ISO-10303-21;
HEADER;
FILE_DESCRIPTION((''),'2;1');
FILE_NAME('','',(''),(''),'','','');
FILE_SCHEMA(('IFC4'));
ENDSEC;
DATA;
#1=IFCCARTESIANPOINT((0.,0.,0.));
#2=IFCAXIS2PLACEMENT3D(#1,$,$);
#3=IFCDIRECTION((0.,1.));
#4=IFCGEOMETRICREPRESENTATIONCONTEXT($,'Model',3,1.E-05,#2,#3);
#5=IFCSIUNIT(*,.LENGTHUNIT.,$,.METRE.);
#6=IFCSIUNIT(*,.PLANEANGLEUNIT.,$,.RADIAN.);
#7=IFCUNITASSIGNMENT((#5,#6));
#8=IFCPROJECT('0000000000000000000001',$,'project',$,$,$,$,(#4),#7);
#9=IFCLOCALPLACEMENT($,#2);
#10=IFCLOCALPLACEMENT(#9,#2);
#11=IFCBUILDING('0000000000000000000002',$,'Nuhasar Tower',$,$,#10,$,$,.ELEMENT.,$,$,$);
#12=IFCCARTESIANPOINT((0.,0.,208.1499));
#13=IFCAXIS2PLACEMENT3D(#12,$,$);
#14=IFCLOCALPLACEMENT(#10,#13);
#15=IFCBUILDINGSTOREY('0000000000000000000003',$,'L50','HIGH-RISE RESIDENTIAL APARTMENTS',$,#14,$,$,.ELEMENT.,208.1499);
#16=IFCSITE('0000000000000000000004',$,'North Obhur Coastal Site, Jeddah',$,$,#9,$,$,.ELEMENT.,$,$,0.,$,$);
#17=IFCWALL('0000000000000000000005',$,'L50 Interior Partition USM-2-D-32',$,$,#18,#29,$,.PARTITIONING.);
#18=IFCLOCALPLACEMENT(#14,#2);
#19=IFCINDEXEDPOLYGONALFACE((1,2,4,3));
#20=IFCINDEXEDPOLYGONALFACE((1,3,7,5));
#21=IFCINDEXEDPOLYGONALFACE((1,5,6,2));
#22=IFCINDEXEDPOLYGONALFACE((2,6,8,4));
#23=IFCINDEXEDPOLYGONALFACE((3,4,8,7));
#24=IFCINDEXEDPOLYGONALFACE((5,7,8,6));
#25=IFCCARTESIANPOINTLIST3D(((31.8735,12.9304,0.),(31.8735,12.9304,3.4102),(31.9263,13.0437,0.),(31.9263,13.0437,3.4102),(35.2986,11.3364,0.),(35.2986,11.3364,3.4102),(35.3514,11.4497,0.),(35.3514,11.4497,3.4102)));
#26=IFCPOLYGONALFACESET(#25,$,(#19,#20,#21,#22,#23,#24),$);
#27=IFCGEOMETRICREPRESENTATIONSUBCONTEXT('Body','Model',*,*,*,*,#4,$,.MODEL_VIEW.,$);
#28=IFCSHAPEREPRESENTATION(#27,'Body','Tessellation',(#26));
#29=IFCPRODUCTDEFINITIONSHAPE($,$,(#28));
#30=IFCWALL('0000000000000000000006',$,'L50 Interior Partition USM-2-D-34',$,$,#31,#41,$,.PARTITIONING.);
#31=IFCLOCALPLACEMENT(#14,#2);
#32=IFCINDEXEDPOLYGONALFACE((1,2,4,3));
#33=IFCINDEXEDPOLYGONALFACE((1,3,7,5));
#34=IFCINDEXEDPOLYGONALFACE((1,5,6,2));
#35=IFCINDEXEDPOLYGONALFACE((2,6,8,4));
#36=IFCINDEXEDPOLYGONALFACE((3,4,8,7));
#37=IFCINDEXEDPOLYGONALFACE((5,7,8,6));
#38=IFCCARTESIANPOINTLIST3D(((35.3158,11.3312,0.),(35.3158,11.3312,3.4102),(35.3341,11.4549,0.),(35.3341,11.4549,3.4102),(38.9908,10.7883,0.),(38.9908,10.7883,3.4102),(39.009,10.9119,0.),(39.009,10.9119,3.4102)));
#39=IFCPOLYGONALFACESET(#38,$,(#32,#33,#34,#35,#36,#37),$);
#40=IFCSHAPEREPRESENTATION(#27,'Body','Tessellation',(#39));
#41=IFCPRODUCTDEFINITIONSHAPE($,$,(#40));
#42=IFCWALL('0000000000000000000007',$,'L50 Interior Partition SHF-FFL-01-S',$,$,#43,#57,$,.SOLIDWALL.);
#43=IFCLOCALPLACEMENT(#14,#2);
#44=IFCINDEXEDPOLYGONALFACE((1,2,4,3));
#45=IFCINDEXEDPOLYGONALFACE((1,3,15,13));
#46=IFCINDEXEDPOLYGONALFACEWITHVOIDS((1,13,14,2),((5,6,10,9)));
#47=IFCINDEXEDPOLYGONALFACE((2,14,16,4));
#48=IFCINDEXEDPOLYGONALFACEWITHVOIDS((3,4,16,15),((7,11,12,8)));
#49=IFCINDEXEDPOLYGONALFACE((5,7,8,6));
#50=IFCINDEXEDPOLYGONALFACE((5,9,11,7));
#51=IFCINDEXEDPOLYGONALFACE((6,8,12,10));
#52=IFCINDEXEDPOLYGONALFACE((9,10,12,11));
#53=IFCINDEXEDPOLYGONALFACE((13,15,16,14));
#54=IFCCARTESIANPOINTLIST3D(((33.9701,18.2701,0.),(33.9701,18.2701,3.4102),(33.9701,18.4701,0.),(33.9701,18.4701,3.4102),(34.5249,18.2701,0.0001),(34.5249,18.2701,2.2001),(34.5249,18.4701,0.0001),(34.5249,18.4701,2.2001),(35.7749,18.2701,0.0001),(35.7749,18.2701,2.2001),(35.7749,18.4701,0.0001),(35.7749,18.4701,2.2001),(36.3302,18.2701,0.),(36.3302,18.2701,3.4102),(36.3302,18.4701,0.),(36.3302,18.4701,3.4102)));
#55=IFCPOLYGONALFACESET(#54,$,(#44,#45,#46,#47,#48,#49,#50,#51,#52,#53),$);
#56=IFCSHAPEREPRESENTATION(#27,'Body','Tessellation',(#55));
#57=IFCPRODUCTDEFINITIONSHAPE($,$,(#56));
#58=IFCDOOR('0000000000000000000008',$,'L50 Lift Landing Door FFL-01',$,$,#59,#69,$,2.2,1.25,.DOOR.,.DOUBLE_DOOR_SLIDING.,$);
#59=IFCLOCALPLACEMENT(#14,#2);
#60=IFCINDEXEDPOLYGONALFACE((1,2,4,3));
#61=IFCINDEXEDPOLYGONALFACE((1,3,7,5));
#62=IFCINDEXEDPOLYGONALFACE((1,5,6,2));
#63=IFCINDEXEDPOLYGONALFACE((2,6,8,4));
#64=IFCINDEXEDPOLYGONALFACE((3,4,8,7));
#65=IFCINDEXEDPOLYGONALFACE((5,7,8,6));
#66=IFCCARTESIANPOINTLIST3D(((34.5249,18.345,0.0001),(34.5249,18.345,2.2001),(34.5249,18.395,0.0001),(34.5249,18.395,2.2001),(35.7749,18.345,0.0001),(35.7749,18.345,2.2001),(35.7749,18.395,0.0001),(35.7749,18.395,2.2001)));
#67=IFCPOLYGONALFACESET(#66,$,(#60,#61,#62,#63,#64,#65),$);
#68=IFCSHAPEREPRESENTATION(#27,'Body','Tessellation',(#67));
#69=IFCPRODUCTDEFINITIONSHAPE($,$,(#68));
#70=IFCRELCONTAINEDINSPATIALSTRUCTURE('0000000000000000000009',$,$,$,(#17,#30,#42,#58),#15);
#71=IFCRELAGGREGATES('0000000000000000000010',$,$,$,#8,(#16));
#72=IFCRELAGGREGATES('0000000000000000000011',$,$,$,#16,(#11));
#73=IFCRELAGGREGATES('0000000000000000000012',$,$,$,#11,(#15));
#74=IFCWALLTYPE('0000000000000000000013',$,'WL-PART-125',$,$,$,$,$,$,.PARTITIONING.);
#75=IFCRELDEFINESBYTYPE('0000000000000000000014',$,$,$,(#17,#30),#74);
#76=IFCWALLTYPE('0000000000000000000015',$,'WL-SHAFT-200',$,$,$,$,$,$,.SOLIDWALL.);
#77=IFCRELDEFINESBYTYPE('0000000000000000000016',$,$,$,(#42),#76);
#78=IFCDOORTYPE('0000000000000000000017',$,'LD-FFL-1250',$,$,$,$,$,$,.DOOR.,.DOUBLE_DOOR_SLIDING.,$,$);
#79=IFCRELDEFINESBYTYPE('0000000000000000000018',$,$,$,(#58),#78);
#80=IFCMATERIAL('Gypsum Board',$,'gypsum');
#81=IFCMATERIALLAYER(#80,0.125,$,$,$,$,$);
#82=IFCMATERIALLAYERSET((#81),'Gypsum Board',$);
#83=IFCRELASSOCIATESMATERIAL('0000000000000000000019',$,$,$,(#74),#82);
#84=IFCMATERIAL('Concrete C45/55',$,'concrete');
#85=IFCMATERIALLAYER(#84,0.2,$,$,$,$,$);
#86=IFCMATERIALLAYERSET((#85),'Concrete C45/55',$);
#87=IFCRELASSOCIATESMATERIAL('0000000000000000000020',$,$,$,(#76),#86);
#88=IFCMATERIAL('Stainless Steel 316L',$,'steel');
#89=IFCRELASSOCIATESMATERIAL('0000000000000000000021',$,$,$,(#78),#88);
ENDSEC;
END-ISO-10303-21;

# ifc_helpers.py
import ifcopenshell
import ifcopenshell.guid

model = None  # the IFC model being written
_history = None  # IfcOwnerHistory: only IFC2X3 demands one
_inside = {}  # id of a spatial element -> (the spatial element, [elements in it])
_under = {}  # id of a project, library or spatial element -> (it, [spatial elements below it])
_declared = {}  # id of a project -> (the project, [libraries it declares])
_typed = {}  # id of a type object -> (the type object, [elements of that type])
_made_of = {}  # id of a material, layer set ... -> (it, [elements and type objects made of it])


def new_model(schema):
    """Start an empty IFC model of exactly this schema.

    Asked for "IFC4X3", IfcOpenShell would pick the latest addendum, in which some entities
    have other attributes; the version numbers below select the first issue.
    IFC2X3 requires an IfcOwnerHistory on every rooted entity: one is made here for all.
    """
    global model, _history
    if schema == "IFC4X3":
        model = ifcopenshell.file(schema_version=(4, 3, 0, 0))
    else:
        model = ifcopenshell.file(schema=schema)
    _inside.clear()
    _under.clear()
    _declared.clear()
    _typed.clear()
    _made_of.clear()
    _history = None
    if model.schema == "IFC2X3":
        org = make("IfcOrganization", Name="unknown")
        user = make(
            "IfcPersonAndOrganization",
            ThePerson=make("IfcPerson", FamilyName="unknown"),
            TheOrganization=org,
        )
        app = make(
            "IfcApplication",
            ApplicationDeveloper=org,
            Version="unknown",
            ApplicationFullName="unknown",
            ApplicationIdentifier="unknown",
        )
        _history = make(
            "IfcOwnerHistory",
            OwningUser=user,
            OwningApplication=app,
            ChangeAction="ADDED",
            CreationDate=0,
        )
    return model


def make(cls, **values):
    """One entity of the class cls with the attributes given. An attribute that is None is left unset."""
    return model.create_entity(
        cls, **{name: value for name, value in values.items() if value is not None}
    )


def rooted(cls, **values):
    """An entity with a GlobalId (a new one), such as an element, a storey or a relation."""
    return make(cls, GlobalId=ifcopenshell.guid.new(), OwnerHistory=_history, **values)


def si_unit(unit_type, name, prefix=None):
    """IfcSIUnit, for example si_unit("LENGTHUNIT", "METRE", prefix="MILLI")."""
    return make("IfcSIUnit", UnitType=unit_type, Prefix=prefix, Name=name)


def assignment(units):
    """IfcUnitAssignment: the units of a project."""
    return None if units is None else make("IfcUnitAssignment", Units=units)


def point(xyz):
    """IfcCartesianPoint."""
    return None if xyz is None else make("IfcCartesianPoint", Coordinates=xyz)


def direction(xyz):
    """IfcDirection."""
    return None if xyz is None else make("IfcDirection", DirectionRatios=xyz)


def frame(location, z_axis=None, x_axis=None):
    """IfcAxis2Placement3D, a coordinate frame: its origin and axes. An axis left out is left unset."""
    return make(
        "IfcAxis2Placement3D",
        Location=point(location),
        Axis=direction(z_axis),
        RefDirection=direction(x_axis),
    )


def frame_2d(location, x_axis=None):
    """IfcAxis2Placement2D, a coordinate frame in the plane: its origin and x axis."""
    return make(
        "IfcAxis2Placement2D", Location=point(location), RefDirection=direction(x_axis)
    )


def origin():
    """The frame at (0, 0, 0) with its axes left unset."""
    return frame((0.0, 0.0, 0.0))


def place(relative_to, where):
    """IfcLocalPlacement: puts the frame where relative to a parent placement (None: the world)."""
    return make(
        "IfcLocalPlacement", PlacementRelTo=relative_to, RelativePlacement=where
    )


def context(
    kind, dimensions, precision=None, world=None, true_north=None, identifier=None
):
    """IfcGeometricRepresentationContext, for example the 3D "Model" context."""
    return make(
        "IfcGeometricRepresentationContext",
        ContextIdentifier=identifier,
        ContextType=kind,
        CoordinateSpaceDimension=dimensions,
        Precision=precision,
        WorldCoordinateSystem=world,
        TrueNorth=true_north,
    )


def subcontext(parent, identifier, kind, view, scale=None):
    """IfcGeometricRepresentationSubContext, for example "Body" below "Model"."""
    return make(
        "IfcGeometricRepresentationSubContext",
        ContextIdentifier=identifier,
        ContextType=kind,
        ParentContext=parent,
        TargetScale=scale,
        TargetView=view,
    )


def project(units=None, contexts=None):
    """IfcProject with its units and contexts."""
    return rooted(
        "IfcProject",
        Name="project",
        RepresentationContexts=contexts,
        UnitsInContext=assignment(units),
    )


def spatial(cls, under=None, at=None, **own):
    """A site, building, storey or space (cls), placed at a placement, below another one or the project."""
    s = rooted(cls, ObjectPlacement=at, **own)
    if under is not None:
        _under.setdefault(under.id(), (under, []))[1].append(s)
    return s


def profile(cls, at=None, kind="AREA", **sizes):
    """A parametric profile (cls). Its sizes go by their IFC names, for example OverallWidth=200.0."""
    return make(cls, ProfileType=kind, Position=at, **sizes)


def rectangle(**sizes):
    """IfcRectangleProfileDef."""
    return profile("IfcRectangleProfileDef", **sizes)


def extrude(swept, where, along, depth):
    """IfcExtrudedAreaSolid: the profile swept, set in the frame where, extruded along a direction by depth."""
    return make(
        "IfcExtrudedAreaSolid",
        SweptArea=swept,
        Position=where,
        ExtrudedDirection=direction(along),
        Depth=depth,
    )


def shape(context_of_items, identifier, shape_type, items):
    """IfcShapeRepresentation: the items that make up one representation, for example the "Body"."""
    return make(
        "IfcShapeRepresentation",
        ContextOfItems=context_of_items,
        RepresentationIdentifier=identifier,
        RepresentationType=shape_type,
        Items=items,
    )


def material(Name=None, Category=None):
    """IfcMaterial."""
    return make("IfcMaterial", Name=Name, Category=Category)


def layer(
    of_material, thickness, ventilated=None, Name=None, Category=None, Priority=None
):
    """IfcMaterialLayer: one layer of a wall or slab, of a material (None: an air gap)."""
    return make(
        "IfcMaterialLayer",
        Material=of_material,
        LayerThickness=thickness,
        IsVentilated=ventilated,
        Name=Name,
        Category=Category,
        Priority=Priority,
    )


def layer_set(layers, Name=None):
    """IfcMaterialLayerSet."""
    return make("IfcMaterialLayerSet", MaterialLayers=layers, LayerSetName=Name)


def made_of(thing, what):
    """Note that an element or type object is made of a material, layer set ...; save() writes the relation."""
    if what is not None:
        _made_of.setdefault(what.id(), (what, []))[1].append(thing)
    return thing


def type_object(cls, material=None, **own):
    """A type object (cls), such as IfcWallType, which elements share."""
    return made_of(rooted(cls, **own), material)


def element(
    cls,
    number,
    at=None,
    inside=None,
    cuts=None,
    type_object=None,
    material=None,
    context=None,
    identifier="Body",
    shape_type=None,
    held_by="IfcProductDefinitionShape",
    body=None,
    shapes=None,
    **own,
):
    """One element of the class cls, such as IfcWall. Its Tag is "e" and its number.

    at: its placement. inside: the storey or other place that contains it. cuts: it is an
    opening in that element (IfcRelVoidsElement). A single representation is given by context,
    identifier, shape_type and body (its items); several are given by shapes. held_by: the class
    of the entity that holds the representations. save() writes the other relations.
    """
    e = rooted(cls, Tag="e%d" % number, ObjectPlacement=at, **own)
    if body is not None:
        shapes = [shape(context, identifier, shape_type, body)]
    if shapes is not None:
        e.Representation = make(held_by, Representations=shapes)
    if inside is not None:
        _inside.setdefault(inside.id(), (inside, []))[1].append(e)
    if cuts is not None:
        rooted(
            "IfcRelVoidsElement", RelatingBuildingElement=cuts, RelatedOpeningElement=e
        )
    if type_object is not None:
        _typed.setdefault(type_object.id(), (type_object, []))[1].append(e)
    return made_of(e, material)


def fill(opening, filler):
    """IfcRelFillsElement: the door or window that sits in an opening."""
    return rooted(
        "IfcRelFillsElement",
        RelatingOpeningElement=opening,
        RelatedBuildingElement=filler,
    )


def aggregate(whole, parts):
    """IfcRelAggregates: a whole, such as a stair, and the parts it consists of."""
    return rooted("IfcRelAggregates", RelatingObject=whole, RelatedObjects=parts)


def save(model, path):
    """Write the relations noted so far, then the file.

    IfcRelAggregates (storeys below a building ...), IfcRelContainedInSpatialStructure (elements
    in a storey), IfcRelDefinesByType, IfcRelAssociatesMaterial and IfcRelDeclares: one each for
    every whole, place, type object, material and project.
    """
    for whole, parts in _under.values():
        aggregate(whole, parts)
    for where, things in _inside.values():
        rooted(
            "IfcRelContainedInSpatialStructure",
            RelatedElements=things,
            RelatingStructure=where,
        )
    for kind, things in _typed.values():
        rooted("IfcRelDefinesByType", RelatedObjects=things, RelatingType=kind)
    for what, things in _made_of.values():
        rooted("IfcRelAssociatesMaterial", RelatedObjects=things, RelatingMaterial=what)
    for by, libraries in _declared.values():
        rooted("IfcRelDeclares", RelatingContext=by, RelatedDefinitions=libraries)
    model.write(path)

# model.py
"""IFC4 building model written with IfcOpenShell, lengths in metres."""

from ifc_helpers import new_model, si_unit, direction, frame, frame_2d, origin, place, context, subcontext, project, spatial, rectangle, extrude, material, layer, layer_set, type_object, element, fill, save


model = new_model("IFC4")

# Units and contexts
model_context = context("Model", 3, precision=1e-05, world=origin(), true_north=direction((0.0, 1.0)))
body_context = subcontext(model_context, "Body", "Model", "MODEL_VIEW")
ifc_project = project(units=[si_unit("LENGTHUNIT", "METRE"), si_unit("PLANEANGLEUNIT", "RADIAN")], contexts=[model_context])

# Site, building, storey
site_placement = place(None, origin())
site = spatial("IfcSite", under=ifc_project, at=site_placement, Name="North Obhur Coastal Site, Jeddah", CompositionType="ELEMENT", RefElevation=0.0)
building_placement = place(site_placement, origin())
building = spatial("IfcBuilding", under=site, at=building_placement, Name="Nuhasar Tower", CompositionType="ELEMENT")
storey_placement = place(building_placement, frame((0.0, 0.0, 208.1499)))
storey = spatial("IfcBuildingStorey", under=building, at=storey_placement, Name="L50", Description="HIGH-RISE RESIDENTIAL APARTMENTS", CompositionType="ELEMENT", Elevation=208.1499)

# Shared definitions
ifc_material_1 = material(Name="Gypsum Board", Category="gypsum")
ifc_material_2 = material(Name="Concrete C45/55", Category="concrete")

# Shared definitions
ifc_layer_1 = layer(ifc_material_1, 0.125)
ifc_layer_set_1 = layer_set([ifc_layer_1], Name="Gypsum Board")
wall_type_1 = type_object("IfcWallType", Name="WL-PART-125", PredefinedType="PARTITIONING", material=ifc_layer_set_1)

# Walls
wall_1_placement = place(storey_placement, frame((31.8999, 12.9871, 0.0), z_axis=(0.0, 0.0, 1.0), x_axis=(0.906625, -0.421937, 0.0)))
element("IfcWall", 1, at=wall_1_placement, inside=storey, type_object=wall_type_1, Name="L50 Interior Partition USM-2-D-32", PredefinedType="PARTITIONING", context=body_context, shape_type="SweptSolid", body=[
    extrude(rectangle(XDim=3.7778, YDim=0.125, at=frame_2d((1.8889, 0.0))), origin(), (0.0, 0.0, 1.0), 3.4102),
])
wall_2_placement = place(storey_placement, frame((35.325, 11.3931, 0.0), z_axis=(0.0, 0.0, 1.0), x_axis=(0.989261, -0.146158, 0.0)))
element("IfcWall", 2, at=wall_2_placement, inside=storey, type_object=wall_type_1, Name="L50 Interior Partition USM-2-D-34", PredefinedType="PARTITIONING", context=body_context, shape_type="SweptSolid", body=[
    extrude(rectangle(XDim=3.7148, YDim=0.125, at=frame_2d((1.8574, 0.0))), origin(), (0.0, 0.0, 1.0), 3.4102),
])

# Wall, opening, door
ifc_layer_2 = layer(ifc_material_2, 0.2)
ifc_layer_set_2 = layer_set([ifc_layer_2], Name="Concrete C45/55")
wall_type_2 = type_object("IfcWallType", Name="WL-SHAFT-200", PredefinedType="SOLIDWALL", material=ifc_layer_set_2)
wall_3_placement = place(storey_placement, frame((33.97, 18.3701, 0.0), z_axis=(0.0, 0.0, 1.0), x_axis=(1.0, 0.0, 0.0)))
wall_3 = element("IfcWall", 3, at=wall_3_placement, inside=storey, type_object=wall_type_2, Name="L50 Interior Partition SHF-FFL-01-S", PredefinedType="SOLIDWALL", context=body_context, shape_type="SweptSolid", body=[
    extrude(rectangle(XDim=2.3601, YDim=0.2, at=frame_2d((1.1802, 0.0))), origin(), (0.0, 0.0, 1.0), 3.4102),
])
opening_1_placement = place(wall_3_placement, frame((0.5549, 0.0, 0.0)))
opening_1 = element("IfcOpeningElement", 4, at=opening_1_placement, cuts=wall_3, PredefinedType="OPENING", context=body_context, shape_type="SweptSolid", body=[
    extrude(rectangle(XDim=1.25, YDim=2.2, at=frame_2d((0.625, 1.1001))), frame((0.0, 0.1099, 0.0), z_axis=(0.0, -1.0, 0.0), x_axis=(1.0, 0.0, 0.0)), (0.0, 0.0, 1.0), 0.22),
])
ifc_material_3 = material(Name="Stainless Steel 316L", Category="steel")
door_type_1 = type_object("IfcDoorType", Name="LD-FFL-1250", OperationType="DOUBLE_DOOR_SLIDING", PredefinedType="DOOR", material=ifc_material_3)
door_1_placement = place(opening_1_placement, origin())
door_1 = element("IfcDoor", 5, at=door_1_placement, inside=storey, type_object=door_type_1, Name="L50 Lift Landing Door FFL-01", OperationType="DOUBLE_DOOR_SLIDING", OverallHeight=2.2, OverallWidth=1.25, PredefinedType="DOOR", context=body_context, shape_type="SweptSolid", body=[
    extrude(rectangle(XDim=1.25, YDim=2.2, at=frame_2d((0.625, 1.1001))), frame((0.0, 0.0249, 0.0), z_axis=(0.0, -1.0, 0.0), x_axis=(1.0, 0.0, 0.0)), (0.0, 0.0, 1.0), 0.05),
])
fill(opening_1, door_1)

save(model, "model.ifc")
